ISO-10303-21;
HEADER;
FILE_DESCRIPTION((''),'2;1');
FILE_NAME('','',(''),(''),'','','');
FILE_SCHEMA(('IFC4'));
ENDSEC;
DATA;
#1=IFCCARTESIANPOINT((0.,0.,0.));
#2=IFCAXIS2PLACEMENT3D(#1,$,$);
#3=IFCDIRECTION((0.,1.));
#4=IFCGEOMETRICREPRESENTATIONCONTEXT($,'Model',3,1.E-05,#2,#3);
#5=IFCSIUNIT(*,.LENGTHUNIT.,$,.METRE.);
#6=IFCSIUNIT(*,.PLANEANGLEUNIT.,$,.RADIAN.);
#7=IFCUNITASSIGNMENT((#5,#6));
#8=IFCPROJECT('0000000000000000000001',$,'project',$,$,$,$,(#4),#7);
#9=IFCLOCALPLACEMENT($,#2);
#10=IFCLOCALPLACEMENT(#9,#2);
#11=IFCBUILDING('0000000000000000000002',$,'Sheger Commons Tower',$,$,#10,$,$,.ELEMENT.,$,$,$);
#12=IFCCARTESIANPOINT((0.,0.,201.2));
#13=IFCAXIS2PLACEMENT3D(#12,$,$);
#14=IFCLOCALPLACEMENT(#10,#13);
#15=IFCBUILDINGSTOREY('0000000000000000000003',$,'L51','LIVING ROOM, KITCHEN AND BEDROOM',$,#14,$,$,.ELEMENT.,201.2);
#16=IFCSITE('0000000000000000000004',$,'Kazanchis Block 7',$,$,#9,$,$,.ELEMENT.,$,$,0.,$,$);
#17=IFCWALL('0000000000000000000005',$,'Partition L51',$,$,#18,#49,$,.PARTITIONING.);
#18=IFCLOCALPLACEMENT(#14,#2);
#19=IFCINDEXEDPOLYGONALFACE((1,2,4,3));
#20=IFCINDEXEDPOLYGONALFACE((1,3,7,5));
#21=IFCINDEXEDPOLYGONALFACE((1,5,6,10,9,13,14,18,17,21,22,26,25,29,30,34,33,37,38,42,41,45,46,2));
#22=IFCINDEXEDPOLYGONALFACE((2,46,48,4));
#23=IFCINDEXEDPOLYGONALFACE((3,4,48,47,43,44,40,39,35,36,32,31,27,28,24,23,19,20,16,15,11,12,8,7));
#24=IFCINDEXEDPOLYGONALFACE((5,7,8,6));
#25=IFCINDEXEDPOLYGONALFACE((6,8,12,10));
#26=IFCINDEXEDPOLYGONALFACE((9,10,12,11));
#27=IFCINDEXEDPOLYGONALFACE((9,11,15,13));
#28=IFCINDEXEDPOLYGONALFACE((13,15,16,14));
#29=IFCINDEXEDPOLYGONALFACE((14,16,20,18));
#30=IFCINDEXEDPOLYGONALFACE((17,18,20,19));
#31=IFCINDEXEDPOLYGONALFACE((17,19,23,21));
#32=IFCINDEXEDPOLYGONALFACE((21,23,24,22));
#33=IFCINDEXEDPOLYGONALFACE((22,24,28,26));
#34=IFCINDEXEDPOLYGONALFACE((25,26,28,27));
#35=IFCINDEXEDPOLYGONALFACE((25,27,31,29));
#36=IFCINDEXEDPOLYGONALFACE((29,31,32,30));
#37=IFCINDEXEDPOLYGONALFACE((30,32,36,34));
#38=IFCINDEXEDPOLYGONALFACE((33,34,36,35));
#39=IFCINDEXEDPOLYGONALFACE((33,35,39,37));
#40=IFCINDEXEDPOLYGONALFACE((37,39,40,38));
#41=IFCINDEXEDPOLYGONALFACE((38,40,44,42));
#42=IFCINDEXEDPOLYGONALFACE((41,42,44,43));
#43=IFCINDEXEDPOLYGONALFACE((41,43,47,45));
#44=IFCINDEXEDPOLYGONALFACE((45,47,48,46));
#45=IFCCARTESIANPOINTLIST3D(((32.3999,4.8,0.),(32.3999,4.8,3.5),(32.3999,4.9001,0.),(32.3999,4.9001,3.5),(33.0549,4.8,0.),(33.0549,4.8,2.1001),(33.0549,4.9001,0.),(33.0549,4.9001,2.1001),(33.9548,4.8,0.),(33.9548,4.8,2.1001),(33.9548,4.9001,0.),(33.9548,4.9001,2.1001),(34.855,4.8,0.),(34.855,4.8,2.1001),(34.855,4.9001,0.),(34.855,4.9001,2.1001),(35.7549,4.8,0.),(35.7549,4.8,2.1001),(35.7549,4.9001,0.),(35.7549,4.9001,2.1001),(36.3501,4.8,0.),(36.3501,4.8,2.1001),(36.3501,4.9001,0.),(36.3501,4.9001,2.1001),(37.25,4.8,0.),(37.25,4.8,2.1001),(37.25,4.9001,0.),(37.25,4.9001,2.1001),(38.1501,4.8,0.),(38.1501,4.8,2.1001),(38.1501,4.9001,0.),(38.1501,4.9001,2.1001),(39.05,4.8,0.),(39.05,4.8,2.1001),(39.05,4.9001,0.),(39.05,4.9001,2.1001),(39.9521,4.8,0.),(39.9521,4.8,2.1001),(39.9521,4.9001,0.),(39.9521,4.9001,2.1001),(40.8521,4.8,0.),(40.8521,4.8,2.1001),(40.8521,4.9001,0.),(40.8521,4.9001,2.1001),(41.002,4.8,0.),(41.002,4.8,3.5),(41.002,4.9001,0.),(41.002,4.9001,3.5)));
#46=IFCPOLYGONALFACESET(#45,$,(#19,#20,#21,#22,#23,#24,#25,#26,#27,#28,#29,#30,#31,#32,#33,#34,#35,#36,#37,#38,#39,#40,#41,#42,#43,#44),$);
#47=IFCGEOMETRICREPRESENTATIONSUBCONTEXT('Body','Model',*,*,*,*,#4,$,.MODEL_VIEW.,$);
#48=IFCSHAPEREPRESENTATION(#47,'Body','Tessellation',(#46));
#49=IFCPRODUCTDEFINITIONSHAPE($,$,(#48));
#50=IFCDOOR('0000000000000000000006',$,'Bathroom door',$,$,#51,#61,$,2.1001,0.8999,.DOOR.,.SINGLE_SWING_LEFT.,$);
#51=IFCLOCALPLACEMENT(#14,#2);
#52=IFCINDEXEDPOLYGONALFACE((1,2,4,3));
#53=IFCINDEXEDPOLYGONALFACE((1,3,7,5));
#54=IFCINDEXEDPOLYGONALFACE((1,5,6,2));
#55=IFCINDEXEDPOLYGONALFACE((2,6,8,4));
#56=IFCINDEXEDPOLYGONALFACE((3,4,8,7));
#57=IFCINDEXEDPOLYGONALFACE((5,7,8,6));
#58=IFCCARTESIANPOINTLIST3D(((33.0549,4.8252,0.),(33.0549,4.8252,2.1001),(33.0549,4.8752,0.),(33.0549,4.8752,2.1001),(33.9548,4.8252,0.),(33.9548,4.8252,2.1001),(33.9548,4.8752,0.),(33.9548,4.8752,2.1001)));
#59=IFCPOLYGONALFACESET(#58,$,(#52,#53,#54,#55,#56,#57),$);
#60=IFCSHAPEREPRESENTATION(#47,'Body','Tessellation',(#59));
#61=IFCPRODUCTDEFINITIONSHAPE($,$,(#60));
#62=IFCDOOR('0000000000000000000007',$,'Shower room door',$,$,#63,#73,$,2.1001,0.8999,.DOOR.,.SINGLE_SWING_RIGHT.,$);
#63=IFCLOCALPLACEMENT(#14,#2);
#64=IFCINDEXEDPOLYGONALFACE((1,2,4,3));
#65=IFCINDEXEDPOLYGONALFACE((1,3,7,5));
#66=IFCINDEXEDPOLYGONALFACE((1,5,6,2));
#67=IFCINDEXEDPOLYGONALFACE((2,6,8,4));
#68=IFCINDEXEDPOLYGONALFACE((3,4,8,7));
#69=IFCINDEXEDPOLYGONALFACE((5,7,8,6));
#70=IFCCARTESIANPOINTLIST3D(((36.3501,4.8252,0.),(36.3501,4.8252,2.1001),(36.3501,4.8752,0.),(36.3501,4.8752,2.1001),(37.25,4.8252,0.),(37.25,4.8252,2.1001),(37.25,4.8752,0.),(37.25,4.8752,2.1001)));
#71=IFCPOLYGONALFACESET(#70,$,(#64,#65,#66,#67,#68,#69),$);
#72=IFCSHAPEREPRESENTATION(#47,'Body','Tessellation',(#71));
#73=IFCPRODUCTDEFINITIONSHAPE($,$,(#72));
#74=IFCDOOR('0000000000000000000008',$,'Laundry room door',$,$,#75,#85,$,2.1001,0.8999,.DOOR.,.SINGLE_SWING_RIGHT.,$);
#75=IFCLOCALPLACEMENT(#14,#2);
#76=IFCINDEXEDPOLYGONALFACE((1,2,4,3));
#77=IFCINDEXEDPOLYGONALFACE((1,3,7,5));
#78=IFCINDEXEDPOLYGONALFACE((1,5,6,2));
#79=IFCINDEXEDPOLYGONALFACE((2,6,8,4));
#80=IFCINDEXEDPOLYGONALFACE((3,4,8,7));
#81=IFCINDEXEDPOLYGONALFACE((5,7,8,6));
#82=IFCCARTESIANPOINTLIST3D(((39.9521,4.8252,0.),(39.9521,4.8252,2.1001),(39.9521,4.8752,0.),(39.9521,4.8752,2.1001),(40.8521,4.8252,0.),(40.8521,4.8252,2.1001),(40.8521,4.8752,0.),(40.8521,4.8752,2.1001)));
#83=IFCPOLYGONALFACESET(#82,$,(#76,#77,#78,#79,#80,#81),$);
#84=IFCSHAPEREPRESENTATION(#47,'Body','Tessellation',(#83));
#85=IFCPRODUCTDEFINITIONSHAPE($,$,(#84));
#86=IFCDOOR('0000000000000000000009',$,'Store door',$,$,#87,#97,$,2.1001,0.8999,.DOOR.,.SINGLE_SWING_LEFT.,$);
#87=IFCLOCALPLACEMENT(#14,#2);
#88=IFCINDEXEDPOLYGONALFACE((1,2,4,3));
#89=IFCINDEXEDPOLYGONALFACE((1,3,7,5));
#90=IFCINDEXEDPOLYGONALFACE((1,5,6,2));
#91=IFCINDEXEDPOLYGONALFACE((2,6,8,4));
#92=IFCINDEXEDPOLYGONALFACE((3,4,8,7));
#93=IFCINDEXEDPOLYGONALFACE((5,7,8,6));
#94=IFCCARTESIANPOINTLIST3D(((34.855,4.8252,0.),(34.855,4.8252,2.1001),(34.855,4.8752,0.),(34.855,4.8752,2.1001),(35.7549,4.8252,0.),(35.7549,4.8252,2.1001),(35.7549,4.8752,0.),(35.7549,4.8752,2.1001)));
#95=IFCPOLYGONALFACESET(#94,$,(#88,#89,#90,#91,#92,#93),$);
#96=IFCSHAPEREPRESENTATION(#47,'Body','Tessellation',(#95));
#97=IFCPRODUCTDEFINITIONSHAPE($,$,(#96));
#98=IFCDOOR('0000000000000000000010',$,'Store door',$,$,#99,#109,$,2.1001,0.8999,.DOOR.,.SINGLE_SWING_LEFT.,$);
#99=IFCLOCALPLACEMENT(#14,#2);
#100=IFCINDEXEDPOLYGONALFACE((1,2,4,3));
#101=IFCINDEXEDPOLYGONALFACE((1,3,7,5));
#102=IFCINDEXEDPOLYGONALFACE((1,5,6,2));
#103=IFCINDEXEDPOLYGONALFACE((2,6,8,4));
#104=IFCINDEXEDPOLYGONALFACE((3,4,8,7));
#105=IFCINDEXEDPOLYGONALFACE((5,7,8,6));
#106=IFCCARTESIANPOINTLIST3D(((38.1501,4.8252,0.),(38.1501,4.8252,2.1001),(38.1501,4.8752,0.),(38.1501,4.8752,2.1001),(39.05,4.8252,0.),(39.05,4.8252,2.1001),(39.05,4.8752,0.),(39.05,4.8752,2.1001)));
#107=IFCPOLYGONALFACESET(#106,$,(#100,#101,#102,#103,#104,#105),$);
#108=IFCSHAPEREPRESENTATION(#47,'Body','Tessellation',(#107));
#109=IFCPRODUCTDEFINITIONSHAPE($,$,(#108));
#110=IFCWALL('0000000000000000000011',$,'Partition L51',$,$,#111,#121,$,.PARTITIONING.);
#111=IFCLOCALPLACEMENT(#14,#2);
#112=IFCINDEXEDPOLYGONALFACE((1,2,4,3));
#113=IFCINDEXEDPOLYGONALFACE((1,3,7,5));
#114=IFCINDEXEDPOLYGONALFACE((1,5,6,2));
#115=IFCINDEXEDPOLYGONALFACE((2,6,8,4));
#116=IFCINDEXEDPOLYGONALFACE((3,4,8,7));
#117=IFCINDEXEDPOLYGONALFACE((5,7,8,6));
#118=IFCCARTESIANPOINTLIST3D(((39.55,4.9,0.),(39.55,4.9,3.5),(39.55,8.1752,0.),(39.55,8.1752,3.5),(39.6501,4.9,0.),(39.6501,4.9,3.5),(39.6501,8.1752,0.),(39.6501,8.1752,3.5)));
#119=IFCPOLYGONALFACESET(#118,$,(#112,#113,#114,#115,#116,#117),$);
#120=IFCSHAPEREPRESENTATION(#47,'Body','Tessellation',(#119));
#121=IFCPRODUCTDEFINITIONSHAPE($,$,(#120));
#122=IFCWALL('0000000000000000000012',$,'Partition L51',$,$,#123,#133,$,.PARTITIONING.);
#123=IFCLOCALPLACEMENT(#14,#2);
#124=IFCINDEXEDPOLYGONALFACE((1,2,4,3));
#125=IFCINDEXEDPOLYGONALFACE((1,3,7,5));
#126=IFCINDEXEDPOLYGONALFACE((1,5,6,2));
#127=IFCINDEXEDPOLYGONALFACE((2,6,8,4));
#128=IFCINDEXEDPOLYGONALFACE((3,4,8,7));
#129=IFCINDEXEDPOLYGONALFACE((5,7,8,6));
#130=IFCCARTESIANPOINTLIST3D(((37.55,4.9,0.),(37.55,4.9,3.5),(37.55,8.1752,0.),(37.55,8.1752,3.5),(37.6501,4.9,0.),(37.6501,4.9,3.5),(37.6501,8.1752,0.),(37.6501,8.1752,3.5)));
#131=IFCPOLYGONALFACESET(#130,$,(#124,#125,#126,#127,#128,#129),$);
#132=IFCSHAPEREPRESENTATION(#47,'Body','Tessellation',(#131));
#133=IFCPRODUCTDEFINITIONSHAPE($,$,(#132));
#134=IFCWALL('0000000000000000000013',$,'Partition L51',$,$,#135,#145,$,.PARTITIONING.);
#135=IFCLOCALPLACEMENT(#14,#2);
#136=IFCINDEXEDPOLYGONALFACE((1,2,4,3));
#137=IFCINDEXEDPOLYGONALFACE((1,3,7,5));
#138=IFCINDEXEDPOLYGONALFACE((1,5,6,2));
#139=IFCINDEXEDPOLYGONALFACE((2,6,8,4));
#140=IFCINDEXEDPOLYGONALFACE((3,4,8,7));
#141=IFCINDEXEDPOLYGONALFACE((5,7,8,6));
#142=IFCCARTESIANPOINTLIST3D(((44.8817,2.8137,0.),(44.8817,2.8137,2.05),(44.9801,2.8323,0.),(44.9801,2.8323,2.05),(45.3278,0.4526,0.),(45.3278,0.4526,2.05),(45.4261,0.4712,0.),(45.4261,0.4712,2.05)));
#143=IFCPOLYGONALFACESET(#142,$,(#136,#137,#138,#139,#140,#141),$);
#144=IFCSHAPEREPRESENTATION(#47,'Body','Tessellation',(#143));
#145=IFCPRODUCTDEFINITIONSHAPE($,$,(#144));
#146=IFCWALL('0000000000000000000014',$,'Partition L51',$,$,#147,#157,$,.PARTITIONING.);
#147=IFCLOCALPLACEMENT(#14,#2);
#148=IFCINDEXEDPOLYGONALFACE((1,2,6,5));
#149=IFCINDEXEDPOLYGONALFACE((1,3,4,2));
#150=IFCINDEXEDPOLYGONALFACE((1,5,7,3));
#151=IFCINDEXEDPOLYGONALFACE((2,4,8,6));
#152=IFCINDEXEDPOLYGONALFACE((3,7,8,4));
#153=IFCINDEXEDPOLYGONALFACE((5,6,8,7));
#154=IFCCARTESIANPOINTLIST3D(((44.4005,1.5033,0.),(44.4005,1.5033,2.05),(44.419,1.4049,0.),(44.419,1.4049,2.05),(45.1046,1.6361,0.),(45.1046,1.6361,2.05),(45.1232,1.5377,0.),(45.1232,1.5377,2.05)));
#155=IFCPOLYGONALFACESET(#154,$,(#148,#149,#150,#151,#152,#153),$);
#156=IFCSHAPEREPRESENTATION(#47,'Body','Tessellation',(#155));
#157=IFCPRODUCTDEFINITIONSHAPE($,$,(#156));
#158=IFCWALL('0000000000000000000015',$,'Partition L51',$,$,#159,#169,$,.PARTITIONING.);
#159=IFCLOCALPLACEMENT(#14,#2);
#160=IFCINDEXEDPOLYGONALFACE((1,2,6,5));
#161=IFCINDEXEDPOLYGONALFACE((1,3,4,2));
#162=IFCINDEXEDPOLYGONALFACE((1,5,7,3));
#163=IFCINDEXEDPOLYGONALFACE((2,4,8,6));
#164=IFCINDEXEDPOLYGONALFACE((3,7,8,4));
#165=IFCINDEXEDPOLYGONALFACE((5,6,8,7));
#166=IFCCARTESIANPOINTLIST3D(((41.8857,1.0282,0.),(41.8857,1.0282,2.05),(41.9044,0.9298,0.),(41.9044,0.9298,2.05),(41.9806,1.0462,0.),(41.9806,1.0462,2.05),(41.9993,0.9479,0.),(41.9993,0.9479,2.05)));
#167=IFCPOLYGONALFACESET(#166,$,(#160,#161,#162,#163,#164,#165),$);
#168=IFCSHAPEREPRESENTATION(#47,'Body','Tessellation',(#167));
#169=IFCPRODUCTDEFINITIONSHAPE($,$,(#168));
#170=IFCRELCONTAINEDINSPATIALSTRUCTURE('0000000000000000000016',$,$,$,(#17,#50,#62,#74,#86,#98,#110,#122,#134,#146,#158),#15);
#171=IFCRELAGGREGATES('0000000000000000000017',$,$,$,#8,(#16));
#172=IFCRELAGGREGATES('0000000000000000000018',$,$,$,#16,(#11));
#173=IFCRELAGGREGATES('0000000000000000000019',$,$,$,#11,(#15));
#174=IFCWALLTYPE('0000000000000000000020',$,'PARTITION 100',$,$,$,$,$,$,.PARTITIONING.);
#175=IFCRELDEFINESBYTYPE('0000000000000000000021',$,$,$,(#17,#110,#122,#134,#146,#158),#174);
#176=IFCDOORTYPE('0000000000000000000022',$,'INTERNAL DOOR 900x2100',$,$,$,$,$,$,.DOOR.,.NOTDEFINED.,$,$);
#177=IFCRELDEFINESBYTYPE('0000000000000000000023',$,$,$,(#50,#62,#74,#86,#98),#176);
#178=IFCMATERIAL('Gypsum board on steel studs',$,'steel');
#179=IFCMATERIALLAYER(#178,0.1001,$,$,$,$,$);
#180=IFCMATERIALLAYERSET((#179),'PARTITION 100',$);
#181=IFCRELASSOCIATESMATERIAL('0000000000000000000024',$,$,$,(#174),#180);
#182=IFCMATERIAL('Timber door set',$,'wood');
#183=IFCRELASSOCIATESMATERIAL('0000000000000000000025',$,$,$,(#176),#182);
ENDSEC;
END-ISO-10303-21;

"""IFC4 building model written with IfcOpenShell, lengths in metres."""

from ifc_helpers import new_model, si_unit, direction, frame, frame_2d, origin, place, context, subcontext, project, spatial, rectangle, extrude, material, layer, layer_set, type_object, element, fill, save


model = new_model("IFC4")

# Units and contexts
model_context = context("Model", 3, precision=1e-05, world=origin(), true_north=direction((0.0, 1.0)))
body_context = subcontext(model_context, "Body", "Model", "MODEL_VIEW")
ifc_project = project(units=[si_unit("LENGTHUNIT", "METRE"), si_unit("PLANEANGLEUNIT", "RADIAN")], contexts=[model_context])

# Site, building, storey
site_placement = place(None, origin())
site = spatial("IfcSite", under=ifc_project, at=site_placement, Name="Kazanchis Block 7", CompositionType="ELEMENT", RefElevation=0.0)
building_placement = place(site_placement, origin())
building = spatial("IfcBuilding", under=site, at=building_placement, Name="Sheger Commons Tower", CompositionType="ELEMENT")
storey_placement = place(building_placement, frame((0.0, 0.0, 201.2)))
storey = spatial("IfcBuildingStorey", under=building, at=storey_placement, Name="L51", Description="LIVING ROOM, KITCHEN AND BEDROOM", CompositionType="ELEMENT", Elevation=201.2)

# Wall, openings, doors
ifc_material_1 = material(Name="Gypsum board on steel studs", Category="steel")
ifc_layer_1 = layer(ifc_material_1, 0.1001)
ifc_layer_set_1 = layer_set([ifc_layer_1], Name="PARTITION 100")
wall_type_1 = type_object("IfcWallType", Name="PARTITION 100", PredefinedType="PARTITIONING", material=ifc_layer_set_1)
ifc_material_2 = material(Name="Timber door set", Category="wood")
door_type = type_object("IfcDoorType", Name="INTERNAL DOOR 900x2100", OperationType="NOTDEFINED", PredefinedType="DOOR", material=ifc_material_2)
wall_1_placement = place(storey_placement, frame((41.002, 4.8501, 0.0), z_axis=(0.0, 0.0, 1.0), x_axis=(-1.0, 0.0, 0.0)))
wall_1 = element("IfcWall", 1, at=wall_1_placement, inside=storey, type_object=wall_type_1, Name="Partition L51", PredefinedType="PARTITIONING", context=body_context, shape_type="SweptSolid", body=[
    extrude(rectangle(XDim=8.6021, YDim=0.1001, at=frame_2d((4.301, 0.0))), origin(), (0.0, 0.0, 1.0), 3.5),
])
opening_1_placement = place(wall_1_placement, frame((7.0471, 0.0, 0.0)))
opening_1 = element("IfcOpeningElement", 2, at=opening_1_placement, cuts=wall_1, PredefinedType="OPENING", context=body_context, shape_type="SweptSolid", body=[
    extrude(rectangle(XDim=0.8999, YDim=2.1001, at=frame_2d((0.45, 1.05))), frame((0.0, 0.0601, 0.0), z_axis=(0.0, -1.0, 0.0), x_axis=(1.0, 0.0, 0.0)), (0.0, 0.0, 1.0), 0.1201),
])
opening_2_placement = place(wall_1_placement, frame((3.752, 0.0, 0.0)))
opening_2 = element("IfcOpeningElement", 3, at=opening_2_placement, cuts=wall_1, PredefinedType="OPENING", context=body_context, shape_type="SweptSolid", body=[
    extrude(rectangle(XDim=0.8999, YDim=2.1001, at=frame_2d((0.45, 1.05))), frame((0.0, 0.0601, 0.0), z_axis=(0.0, -1.0, 0.0), x_axis=(1.0, 0.0, 0.0)), (0.0, 0.0, 1.0), 0.1201),
])
opening_3_placement = place(wall_1_placement, frame((0.1499, 0.0, 0.0)))
opening_3 = element("IfcOpeningElement", 4, at=opening_3_placement, cuts=wall_1, PredefinedType="OPENING", context=body_context, shape_type="SweptSolid", body=[
    extrude(rectangle(XDim=0.8999, YDim=2.1001, at=frame_2d((0.45, 1.05))), frame((0.0, 0.0601, 0.0), z_axis=(0.0, -1.0, 0.0), x_axis=(1.0, 0.0, 0.0)), (0.0, 0.0, 1.0), 0.1201),
])
opening_4_placement = place(wall_1_placement, frame((5.2471, 0.0, 0.0)))
opening_4 = element("IfcOpeningElement", 5, at=opening_4_placement, cuts=wall_1, PredefinedType="OPENING", context=body_context, shape_type="SweptSolid", body=[
    extrude(rectangle(XDim=0.8999, YDim=2.1001, at=frame_2d((0.45, 1.05))), frame((0.0, 0.0601, 0.0), z_axis=(0.0, -1.0, 0.0), x_axis=(1.0, 0.0, 0.0)), (0.0, 0.0, 1.0), 0.1201),
])
opening_5_placement = place(wall_1_placement, frame((1.9519, 0.0, 0.0)))
opening_5 = element("IfcOpeningElement", 6, at=opening_5_placement, cuts=wall_1, PredefinedType="OPENING", context=body_context, shape_type="SweptSolid", body=[
    extrude(rectangle(XDim=0.8999, YDim=2.1001, at=frame_2d((0.45, 1.05))), frame((0.0, 0.0601, 0.0), z_axis=(0.0, -1.0, 0.0), x_axis=(1.0, 0.0, 0.0)), (0.0, 0.0, 1.0), 0.1201),
])
door_1_placement = place(opening_1_placement, origin())
door_1 = element("IfcDoor", 7, at=door_1_placement, inside=storey, type_object=door_type, Name="Bathroom door", OperationType="SINGLE_SWING_LEFT", OverallHeight=2.1001, OverallWidth=0.8999, PredefinedType="DOOR", context=body_context, shape_type="SweptSolid", body=[
    extrude(rectangle(XDim=0.8999, YDim=2.1001, at=frame_2d((0.45, 1.05))), frame((0.0, 0.0249, 0.0), z_axis=(0.0, -1.0, 0.0), x_axis=(1.0, 0.0, 0.0)), (0.0, 0.0, 1.0), 0.05),
])
fill(opening_1, door_1)
door_2_placement = place(opening_2_placement, origin())
door_2 = element("IfcDoor", 8, at=door_2_placement, inside=storey, type_object=door_type, Name="Shower room door", OperationType="SINGLE_SWING_RIGHT", OverallHeight=2.1001, OverallWidth=0.8999, PredefinedType="DOOR", context=body_context, shape_type="SweptSolid", body=[
    extrude(rectangle(XDim=0.8999, YDim=2.1001, at=frame_2d((0.45, 1.05))), frame((0.0, 0.0249, 0.0), z_axis=(0.0, -1.0, 0.0), x_axis=(1.0, 0.0, 0.0)), (0.0, 0.0, 1.0), 0.05),
])
fill(opening_2, door_2)
door_3_placement = place(opening_3_placement, origin())
door_3 = element("IfcDoor", 9, at=door_3_placement, inside=storey, type_object=door_type, Name="Laundry room door", OperationType="SINGLE_SWING_RIGHT", OverallHeight=2.1001, OverallWidth=0.8999, PredefinedType="DOOR", context=body_context, shape_type="SweptSolid", body=[
    extrude(rectangle(XDim=0.8999, YDim=2.1001, at=frame_2d((0.45, 1.05))), frame((0.0, 0.0249, 0.0), z_axis=(0.0, -1.0, 0.0), x_axis=(1.0, 0.0, 0.0)), (0.0, 0.0, 1.0), 0.05),
])
fill(opening_3, door_3)
door_4_placement = place(opening_4_placement, origin())
door_4 = element("IfcDoor", 10, at=door_4_placement, inside=storey, type_object=door_type, Name="Store door", OperationType="SINGLE_SWING_LEFT", OverallHeight=2.1001, OverallWidth=0.8999, PredefinedType="DOOR", context=body_context, shape_type="SweptSolid", body=[
    extrude(rectangle(XDim=0.8999, YDim=2.1001, at=frame_2d((0.45, 1.05))), frame((0.0, 0.0249, 0.0), z_axis=(0.0, -1.0, 0.0), x_axis=(1.0, 0.0, 0.0)), (0.0, 0.0, 1.0), 0.05),
])
fill(opening_4, door_4)
door_5_placement = place(opening_5_placement, origin())
door_5 = element("IfcDoor", 11, at=door_5_placement, inside=storey, type_object=door_type, Name="Store door", OperationType="SINGLE_SWING_LEFT", OverallHeight=2.1001, OverallWidth=0.8999, PredefinedType="DOOR", context=body_context, shape_type="SweptSolid", body=[
    extrude(rectangle(XDim=0.8999, YDim=2.1001, at=frame_2d((0.45, 1.05))), frame((0.0, 0.0249, 0.0), z_axis=(0.0, -1.0, 0.0), x_axis=(1.0, 0.0, 0.0)), (0.0, 0.0, 1.0), 0.05),
])
fill(opening_5, door_5)

# Walls
for number, where, z_axis, x_axis, name in (
    (12, (39.6001, 4.8999, 0.0), (0.0, 0.0, 1.0), (0.0, 1.0, 0.0), "Partition L51"),
    (13, (37.6001, 4.8999, 0.0), (0.0, 0.0, 1.0), (0.0, 1.0, 0.0), "Partition L51"),
):
    element("IfcWall", number, at=place(storey_placement, frame(where, z_axis=z_axis, x_axis=x_axis)), inside=storey, type_object=wall_type_1, Name=name, PredefinedType="PARTITIONING", context=body_context, shape_type="SweptSolid", body=[
        extrude(rectangle(XDim=3.2751, YDim=0.1001, at=frame_2d((1.6377, 0.0))), origin(), (0.0, 0.0, 1.0), 3.5),
    ])
wall_2_placement = place(storey_placement, frame((44.9309, 2.823, 0.0), z_axis=(0.0, 0.0, 1.0), x_axis=(0.185632, -0.982619, 0.0)))
element("IfcWall", 14, at=wall_2_placement, inside=storey, type_object=wall_type_1, Name="Partition L51", PredefinedType="PARTITIONING", context=body_context, shape_type="SweptSolid", body=[
    extrude(rectangle(XDim=2.4028, YDim=0.1001, at=frame_2d((1.2014, 0.0))), origin(), (0.0, 0.0, 1.0), 2.05),
])
wall_3_placement = place(storey_placement, frame((45.114, 1.5869, 0.0), z_axis=(0.0, 0.0, 1.0), x_axis=(-0.982671, -0.185358, 0.0)))
element("IfcWall", 15, at=wall_3_placement, inside=storey, type_object=wall_type_1, Name="Partition L51", PredefinedType="PARTITIONING", context=body_context, shape_type="SweptSolid", body=[
    extrude(rectangle(XDim=0.7166, YDim=0.1001, at=frame_2d((0.3584, 0.0))), origin(), (0.0, 0.0, 1.0), 2.05),
])
wall_4_placement = place(storey_placement, frame((41.99, 0.9971, 0.0), z_axis=(0.0, 0.0, 1.0), x_axis=(-0.982383, -0.18688, 0.0)))
element("IfcWall", 16, at=wall_4_placement, inside=storey, type_object=wall_type_1, Name="Partition L51", PredefinedType="PARTITIONING", context=body_context, shape_type="SweptSolid", body=[
    extrude(rectangle(XDim=0.0967, YDim=0.1001, at=frame_2d((0.0483, 0.0))), origin(), (0.0, 0.0, 1.0), 2.05),
])

save(model, "model.ifc")
